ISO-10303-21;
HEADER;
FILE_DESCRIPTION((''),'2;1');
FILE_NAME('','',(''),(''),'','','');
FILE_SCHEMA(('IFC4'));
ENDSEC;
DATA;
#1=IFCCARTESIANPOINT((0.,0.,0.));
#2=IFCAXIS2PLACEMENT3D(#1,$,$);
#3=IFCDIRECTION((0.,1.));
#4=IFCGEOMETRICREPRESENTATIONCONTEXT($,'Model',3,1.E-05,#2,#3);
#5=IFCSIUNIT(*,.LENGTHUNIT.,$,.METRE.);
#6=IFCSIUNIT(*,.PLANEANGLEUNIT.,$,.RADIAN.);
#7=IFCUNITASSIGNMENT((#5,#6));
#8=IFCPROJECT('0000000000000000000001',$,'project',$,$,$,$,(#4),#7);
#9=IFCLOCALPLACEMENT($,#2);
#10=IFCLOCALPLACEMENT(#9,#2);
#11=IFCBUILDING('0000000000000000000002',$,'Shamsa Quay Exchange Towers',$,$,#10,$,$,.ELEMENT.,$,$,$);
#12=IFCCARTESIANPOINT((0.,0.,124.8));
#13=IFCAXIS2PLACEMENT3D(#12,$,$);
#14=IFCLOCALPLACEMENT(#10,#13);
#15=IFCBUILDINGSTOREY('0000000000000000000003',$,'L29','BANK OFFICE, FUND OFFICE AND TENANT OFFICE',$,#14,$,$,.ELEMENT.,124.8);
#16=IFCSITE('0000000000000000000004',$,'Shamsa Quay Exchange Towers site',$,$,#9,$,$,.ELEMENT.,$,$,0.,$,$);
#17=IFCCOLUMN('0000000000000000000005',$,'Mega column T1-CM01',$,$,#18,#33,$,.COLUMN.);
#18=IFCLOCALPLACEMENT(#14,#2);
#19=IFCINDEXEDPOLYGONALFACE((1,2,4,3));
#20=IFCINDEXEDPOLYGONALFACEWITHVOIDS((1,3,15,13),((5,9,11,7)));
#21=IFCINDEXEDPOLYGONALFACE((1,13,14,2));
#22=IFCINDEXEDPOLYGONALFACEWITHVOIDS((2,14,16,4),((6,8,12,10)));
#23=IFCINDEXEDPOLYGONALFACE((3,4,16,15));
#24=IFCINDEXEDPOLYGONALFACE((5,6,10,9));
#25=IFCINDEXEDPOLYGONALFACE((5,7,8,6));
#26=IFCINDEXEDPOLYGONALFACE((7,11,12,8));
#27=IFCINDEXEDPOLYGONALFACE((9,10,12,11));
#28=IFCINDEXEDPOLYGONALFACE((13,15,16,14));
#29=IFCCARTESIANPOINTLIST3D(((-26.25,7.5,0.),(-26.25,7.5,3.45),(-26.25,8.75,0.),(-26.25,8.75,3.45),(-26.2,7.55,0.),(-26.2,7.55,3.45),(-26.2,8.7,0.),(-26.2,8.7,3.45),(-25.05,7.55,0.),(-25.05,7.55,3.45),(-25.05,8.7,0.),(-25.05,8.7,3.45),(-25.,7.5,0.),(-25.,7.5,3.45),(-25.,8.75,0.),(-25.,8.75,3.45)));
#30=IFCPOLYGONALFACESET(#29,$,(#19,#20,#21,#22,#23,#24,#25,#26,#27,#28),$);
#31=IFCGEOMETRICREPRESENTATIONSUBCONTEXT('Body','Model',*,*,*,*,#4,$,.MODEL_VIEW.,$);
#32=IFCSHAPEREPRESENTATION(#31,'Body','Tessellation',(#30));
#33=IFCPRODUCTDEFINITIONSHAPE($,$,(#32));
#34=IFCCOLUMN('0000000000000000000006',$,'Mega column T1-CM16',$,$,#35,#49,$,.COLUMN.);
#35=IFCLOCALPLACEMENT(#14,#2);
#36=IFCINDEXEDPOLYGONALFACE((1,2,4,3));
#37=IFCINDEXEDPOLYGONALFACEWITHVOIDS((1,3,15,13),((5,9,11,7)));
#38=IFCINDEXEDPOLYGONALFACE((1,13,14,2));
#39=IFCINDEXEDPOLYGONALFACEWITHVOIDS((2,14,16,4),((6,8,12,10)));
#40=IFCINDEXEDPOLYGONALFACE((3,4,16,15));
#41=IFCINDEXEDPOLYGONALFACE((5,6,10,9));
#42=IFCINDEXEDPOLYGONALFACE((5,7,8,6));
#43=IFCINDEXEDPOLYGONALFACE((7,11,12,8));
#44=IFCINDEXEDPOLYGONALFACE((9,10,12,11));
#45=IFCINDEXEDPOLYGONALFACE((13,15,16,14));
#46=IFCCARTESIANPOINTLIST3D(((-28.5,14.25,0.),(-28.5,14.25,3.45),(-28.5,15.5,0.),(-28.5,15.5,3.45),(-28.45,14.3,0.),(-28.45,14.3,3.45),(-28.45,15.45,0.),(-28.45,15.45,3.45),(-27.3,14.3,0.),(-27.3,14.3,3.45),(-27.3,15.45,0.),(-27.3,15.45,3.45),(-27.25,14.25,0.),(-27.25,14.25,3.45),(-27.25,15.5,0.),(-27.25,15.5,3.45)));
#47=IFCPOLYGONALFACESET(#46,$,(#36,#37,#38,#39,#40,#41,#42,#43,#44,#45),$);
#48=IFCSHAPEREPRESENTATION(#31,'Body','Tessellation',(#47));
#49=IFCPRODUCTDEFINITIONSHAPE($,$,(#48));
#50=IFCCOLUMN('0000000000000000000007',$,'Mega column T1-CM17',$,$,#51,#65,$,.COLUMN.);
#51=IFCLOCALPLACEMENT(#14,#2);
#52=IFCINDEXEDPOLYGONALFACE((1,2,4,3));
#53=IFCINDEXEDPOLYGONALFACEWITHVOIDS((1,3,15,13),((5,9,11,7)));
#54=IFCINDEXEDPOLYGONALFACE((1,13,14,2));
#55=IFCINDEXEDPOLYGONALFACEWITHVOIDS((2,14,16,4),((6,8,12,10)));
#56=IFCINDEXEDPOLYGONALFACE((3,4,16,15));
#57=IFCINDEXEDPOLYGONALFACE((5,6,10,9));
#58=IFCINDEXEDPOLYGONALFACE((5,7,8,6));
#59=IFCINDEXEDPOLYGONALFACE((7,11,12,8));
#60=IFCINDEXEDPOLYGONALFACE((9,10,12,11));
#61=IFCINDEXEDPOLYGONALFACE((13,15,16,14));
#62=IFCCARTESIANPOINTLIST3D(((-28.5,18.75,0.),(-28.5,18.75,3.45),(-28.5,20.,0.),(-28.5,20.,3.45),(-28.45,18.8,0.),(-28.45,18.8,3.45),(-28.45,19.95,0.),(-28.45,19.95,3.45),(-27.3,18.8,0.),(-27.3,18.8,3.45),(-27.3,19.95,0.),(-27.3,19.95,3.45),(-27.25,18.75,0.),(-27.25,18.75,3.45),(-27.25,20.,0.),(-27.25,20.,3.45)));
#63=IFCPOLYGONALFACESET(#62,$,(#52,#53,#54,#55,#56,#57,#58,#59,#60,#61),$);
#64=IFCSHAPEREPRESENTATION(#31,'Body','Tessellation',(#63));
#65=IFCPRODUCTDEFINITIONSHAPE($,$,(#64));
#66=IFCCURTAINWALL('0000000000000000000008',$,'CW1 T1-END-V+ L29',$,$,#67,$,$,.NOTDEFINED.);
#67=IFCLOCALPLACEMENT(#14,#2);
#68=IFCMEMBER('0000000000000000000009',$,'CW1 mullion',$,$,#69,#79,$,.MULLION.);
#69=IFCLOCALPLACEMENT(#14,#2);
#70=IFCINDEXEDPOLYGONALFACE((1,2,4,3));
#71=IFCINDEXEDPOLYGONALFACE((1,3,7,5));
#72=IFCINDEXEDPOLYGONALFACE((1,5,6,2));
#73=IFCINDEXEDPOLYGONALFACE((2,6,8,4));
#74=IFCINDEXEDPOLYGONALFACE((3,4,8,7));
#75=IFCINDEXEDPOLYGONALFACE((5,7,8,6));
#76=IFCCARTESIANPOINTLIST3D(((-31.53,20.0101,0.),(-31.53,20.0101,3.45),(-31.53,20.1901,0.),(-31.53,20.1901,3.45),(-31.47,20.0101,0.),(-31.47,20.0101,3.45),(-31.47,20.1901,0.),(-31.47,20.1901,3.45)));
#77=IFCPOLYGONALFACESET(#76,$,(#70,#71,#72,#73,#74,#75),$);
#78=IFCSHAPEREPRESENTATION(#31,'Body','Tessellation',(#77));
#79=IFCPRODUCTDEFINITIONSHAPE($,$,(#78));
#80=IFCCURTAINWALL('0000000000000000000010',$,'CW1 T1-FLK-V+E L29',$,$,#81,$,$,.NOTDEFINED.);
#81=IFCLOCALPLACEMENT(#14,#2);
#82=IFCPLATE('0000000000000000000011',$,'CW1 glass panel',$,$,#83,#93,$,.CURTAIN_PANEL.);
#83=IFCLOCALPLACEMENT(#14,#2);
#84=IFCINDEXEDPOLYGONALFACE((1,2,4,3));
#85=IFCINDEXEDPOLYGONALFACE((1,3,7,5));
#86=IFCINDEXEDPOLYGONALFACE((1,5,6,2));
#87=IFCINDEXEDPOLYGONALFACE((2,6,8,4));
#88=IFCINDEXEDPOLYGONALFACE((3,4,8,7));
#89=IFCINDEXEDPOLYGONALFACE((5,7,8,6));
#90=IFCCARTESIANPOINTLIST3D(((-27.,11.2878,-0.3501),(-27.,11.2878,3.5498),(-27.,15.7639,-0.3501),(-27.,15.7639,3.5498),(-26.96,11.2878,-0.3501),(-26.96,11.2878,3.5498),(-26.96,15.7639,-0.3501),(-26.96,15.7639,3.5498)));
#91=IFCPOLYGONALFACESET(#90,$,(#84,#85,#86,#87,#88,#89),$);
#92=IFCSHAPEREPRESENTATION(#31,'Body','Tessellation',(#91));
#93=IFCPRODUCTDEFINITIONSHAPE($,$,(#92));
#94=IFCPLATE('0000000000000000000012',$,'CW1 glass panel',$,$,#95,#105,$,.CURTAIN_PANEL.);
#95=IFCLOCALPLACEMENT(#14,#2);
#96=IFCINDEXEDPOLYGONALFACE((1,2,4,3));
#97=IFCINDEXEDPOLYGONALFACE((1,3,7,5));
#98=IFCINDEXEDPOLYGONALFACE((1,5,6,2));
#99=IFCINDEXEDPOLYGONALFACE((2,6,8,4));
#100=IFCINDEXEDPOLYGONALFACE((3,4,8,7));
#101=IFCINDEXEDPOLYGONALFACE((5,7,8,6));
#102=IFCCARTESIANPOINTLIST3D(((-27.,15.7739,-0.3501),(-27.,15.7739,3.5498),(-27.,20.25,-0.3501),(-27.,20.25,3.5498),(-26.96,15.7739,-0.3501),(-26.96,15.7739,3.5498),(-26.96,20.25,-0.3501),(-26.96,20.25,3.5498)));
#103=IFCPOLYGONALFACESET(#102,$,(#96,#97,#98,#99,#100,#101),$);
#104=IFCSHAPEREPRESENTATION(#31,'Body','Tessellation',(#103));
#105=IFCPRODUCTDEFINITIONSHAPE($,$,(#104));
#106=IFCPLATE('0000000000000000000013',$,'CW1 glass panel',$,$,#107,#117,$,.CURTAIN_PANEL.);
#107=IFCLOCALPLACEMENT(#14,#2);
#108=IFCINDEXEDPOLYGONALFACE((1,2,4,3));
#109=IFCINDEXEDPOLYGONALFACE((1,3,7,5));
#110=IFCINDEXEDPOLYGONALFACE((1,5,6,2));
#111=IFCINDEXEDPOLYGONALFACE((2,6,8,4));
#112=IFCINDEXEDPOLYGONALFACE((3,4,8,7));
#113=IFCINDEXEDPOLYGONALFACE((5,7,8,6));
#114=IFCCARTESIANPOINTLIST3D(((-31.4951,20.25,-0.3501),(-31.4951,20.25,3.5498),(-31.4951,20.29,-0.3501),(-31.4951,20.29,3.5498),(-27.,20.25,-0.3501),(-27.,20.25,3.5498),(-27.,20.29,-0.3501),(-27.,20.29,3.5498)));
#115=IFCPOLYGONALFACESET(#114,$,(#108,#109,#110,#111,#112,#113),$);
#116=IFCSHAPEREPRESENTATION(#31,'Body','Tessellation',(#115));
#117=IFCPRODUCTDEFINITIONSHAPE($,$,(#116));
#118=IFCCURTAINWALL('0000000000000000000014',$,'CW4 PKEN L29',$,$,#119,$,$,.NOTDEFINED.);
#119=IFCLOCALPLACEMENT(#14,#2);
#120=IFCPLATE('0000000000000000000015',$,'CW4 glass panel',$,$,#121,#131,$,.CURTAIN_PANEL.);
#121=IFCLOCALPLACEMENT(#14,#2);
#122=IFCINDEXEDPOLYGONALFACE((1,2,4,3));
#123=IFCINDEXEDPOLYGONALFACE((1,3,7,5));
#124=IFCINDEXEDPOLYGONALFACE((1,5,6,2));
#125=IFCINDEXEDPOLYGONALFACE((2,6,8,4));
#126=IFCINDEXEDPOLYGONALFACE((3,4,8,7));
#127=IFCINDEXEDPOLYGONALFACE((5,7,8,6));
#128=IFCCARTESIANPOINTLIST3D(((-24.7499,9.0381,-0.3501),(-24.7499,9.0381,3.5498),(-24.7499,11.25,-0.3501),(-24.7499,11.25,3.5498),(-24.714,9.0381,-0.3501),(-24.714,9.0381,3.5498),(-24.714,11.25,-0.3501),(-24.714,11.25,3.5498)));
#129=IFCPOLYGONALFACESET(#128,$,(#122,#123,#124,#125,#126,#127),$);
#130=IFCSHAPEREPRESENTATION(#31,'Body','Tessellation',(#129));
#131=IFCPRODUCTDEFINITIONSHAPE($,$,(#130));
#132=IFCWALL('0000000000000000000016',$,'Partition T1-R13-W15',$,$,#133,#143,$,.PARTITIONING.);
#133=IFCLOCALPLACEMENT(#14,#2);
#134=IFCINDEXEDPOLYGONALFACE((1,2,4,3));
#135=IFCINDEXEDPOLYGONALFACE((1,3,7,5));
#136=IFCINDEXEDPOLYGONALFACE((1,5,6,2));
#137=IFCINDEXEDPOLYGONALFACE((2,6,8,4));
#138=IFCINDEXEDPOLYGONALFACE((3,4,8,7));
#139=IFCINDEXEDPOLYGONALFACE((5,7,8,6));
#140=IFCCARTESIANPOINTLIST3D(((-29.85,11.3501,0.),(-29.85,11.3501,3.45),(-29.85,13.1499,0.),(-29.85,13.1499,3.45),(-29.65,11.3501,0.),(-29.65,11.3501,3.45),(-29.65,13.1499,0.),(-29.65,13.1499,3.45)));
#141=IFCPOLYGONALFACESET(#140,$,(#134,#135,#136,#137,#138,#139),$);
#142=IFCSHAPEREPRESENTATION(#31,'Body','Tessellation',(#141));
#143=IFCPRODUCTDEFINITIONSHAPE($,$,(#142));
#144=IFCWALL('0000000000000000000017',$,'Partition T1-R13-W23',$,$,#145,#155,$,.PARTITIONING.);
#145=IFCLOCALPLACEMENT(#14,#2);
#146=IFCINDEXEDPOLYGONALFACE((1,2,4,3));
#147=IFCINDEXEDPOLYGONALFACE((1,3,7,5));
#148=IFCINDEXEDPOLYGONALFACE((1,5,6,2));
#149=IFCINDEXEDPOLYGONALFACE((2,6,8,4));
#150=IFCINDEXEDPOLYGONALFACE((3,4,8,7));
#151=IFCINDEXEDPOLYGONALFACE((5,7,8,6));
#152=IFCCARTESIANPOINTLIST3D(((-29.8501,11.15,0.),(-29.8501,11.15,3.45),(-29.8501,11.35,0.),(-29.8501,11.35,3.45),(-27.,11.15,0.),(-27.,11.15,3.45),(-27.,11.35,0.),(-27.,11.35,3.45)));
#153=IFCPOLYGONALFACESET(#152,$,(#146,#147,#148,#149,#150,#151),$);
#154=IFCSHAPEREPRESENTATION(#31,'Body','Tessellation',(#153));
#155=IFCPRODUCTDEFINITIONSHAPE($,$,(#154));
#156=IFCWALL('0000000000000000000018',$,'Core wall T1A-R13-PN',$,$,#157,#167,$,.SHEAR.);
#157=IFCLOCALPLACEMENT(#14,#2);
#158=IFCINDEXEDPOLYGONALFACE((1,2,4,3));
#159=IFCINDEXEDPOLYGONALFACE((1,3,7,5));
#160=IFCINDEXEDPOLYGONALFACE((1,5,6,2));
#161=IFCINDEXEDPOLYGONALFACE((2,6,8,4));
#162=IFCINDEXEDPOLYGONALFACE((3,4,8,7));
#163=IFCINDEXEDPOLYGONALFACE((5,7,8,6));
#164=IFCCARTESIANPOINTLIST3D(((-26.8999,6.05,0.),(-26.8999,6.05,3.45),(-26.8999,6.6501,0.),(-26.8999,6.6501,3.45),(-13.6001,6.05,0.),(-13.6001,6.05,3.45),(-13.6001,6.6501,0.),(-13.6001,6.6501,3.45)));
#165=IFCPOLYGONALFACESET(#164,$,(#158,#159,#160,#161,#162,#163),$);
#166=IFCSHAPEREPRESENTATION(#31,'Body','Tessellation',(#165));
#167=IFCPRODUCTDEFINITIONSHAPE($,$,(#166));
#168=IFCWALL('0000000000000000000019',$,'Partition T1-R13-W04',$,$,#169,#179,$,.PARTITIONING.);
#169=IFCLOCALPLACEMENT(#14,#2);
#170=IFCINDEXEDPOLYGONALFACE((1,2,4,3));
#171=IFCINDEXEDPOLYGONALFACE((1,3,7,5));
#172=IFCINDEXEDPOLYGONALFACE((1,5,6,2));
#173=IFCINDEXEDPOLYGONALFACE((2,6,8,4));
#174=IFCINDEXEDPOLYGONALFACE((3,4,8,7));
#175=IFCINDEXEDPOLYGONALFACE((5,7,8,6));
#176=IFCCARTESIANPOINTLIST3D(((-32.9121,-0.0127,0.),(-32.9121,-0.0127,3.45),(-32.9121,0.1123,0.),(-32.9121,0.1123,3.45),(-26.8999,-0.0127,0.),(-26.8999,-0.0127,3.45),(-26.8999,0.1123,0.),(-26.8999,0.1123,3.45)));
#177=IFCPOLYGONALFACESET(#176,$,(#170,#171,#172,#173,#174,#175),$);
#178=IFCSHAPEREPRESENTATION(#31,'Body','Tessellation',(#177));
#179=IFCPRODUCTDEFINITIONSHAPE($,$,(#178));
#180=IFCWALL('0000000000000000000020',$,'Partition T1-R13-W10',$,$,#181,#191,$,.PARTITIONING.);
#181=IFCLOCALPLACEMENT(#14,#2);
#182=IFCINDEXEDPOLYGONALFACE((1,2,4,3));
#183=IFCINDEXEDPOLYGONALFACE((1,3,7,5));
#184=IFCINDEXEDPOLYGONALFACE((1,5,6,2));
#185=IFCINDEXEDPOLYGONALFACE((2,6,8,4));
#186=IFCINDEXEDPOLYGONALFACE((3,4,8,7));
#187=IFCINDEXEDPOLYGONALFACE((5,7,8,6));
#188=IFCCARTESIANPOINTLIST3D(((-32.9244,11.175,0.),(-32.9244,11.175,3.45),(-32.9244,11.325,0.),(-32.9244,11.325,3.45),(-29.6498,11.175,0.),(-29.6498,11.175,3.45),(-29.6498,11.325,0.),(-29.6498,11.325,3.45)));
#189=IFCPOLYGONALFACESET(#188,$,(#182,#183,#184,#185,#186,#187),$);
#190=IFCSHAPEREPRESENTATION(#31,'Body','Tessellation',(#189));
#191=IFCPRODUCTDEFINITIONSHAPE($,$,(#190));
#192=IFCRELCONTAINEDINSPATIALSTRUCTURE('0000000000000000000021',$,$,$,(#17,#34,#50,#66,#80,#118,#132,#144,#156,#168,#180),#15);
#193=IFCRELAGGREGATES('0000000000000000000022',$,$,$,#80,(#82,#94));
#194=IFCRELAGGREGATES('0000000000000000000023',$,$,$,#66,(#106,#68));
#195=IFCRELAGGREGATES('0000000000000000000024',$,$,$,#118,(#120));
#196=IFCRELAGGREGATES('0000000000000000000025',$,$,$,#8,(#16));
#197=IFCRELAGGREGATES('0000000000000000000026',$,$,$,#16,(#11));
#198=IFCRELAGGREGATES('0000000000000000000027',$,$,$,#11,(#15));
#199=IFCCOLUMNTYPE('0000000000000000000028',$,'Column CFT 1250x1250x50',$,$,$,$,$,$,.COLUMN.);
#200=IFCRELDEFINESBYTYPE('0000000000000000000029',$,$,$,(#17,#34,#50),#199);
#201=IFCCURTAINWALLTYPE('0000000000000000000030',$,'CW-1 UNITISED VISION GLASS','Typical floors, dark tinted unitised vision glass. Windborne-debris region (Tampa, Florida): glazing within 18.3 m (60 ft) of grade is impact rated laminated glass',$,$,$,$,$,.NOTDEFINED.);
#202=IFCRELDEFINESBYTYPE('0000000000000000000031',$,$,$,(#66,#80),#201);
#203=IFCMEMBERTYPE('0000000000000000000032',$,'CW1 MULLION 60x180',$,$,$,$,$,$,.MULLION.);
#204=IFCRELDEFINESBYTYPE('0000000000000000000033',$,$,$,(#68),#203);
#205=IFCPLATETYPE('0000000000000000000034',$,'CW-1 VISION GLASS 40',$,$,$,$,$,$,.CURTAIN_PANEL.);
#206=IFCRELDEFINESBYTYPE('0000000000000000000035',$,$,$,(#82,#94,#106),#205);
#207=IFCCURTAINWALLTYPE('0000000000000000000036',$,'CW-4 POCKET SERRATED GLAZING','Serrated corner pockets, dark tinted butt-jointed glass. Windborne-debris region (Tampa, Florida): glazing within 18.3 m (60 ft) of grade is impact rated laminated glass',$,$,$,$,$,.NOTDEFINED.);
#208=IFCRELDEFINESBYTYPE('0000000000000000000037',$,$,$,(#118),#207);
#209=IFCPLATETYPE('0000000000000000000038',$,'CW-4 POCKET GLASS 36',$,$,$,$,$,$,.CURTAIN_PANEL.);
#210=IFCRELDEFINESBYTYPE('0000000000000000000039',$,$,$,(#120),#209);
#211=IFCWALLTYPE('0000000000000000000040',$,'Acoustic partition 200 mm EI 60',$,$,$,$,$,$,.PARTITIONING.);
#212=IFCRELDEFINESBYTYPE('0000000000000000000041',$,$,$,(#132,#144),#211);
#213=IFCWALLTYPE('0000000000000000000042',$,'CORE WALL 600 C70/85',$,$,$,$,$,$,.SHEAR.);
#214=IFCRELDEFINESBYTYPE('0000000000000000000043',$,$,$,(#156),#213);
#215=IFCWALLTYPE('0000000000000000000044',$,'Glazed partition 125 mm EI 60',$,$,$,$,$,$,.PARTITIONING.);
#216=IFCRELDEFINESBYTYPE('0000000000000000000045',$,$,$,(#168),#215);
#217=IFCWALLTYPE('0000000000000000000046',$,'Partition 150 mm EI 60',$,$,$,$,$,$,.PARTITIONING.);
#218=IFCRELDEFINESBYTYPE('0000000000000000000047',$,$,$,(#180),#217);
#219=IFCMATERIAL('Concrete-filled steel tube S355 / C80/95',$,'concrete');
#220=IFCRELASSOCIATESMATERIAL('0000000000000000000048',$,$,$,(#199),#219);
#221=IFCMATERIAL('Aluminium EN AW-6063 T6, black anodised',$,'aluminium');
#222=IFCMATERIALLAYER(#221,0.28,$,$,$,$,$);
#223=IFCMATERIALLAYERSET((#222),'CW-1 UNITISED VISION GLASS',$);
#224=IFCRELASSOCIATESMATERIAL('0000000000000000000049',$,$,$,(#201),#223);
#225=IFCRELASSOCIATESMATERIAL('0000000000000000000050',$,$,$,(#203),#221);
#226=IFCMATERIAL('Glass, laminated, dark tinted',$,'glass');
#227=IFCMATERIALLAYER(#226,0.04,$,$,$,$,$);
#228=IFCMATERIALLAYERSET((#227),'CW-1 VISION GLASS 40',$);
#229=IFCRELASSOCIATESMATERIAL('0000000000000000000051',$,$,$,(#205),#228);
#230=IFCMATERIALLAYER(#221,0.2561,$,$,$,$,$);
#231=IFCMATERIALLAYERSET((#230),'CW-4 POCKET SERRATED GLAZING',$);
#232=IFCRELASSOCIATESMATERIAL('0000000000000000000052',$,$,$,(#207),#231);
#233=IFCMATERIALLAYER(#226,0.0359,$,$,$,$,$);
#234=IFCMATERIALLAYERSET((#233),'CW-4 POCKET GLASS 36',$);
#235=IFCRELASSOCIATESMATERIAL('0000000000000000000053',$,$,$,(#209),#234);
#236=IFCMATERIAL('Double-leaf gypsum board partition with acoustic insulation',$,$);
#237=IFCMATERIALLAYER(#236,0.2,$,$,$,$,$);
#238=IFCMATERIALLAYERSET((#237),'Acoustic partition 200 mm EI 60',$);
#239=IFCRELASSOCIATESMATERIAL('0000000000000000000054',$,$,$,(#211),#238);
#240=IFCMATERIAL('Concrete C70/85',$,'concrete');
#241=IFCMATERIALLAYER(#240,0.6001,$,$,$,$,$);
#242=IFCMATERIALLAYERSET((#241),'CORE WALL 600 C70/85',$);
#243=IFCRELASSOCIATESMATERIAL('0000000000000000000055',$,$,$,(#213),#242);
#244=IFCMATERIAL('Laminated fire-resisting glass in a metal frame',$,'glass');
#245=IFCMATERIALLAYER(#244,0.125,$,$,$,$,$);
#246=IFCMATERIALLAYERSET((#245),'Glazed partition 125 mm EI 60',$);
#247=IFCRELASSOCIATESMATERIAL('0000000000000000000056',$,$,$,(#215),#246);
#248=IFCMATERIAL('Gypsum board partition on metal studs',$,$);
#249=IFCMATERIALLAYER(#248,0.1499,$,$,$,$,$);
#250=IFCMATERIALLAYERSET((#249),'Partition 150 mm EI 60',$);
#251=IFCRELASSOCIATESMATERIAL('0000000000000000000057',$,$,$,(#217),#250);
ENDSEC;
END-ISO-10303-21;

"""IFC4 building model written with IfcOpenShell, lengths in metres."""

from ifc_helpers import new_model, si_unit, direction, frame, frame_2d, origin, origin_2d, place, context, subcontext, project, spatial, rectangle, hollow_rectangle, extrude, material, layer, layer_set, material_profile, profile_set, type_object, element, aggregate, save


model = new_model("IFC4")

# Units and contexts
model_context = context("Model", 3, precision=1e-05, world=origin(), true_north=direction((0.0, 1.0)))
body_context = subcontext(model_context, "Body", "Model", "MODEL_VIEW")
ifc_project = project(units=[si_unit("LENGTHUNIT", "METRE"), si_unit("PLANEANGLEUNIT", "RADIAN")], contexts=[model_context])

# Site, building, storey
site_placement = place(None, origin())
site = spatial("IfcSite", under=ifc_project, at=site_placement, Name="Shamsa Quay Exchange Towers site", CompositionType="ELEMENT", RefElevation=0.0)
building_placement = place(site_placement, origin())
building = spatial("IfcBuilding", under=site, at=building_placement, Name="Shamsa Quay Exchange Towers", CompositionType="ELEMENT")
storey_placement = place(building_placement, frame((0.0, 0.0, 124.8)))
storey = spatial("IfcBuildingStorey", under=building, at=storey_placement, Name="L29", Description="BANK OFFICE, FUND OFFICE AND TENANT OFFICE", CompositionType="ELEMENT", Elevation=124.8)

# Columns
ifc_material_1 = material(Name="Concrete-filled steel tube S355 / C80/95", Category="concrete")
ifc_material_profile_1 = material_profile(ifc_material_1, hollow_rectangle(XDim=1.25, YDim=1.25, WallThickness=0.05, at=origin_2d()), Name="CFT 1250x1250x50")
ifc_profile_set_1 = profile_set([ifc_material_profile_1], Name="Concrete-filled steel tube S355 / C80/95")
column_type = type_object("IfcColumnType", Name="Column CFT 1250x1250x50", PredefinedType="COLUMN", material=ifc_profile_set_1)
for number, where, name in (
    (1, (-25.625, 8.125, 0.0), "Mega column T1-CM01"),
    (2, (-27.875, 14.875, 0.0), "Mega column T1-CM16"),
    (3, (-27.875, 19.375, 0.0), "Mega column T1-CM17"),
):
    element("IfcColumn", number, at=place(storey_placement, frame(where)), inside=storey, type_object=column_type, Name=name, PredefinedType="COLUMN", context=body_context, shape_type="SweptSolid", body=[
        extrude(hollow_rectangle(XDim=1.25, YDim=1.25, WallThickness=0.05, at=origin_2d()), origin(), (0.0, 0.0, 1.0), 3.45),
    ])

# Curtain wall, member
ifc_material_2 = material(Name="Aluminium EN AW-6063 T6, black anodised", Category="aluminium")
ifc_layer_1 = layer(ifc_material_2, 0.28)
ifc_layer_set_1 = layer_set([ifc_layer_1], Name="CW-1 UNITISED VISION GLASS")
curtain_wall_type_1 = type_object("IfcCurtainWallType", Name="CW-1 UNITISED VISION GLASS", Description="Typical floors, dark tinted unitised vision glass. Windborne-debris region (Tampa, Florida): glazing within 18.3 m (60 ft) of grade is impact rated laminated glass", PredefinedType="NOTDEFINED", material=ifc_layer_set_1)
curtain_wall_1_placement = place(storey_placement, origin())
curtain_wall_1 = element("IfcCurtainWall", 4, at=curtain_wall_1_placement, inside=storey, type_object=curtain_wall_type_1, Name="CW1 T1-END-V+ L29", PredefinedType="NOTDEFINED")
ifc_material_profile_2 = material_profile(ifc_material_2, rectangle(XDim=0.1799, YDim=0.0601, at=origin_2d()), Name="MU60x180")
ifc_profile_set_2 = profile_set([ifc_material_profile_2], Name="Aluminium EN AW-6063 T6, black anodised")
member_type = type_object("IfcMemberType", Name="CW1 MULLION 60x180", PredefinedType="MULLION", material=ifc_profile_set_2)
member_placement = place(storey_placement, frame((-31.5, 20.1001, 0.0), z_axis=(0.0, 0.0, 1.0), x_axis=(0.0, -1.0, 0.0)))
member = element("IfcMember", 5, at=member_placement, type_object=member_type, Name="CW1 mullion", PredefinedType="MULLION", context=body_context, shape_type="SweptSolid", body=[
    extrude(rectangle(XDim=0.1799, YDim=0.0601, at=origin_2d()), origin(), (0.0, 0.0, 1.0), 3.45),
])

# Curtain wall, plates
curtain_wall_2_placement = place(storey_placement, origin())
curtain_wall_2 = element("IfcCurtainWall", 6, at=curtain_wall_2_placement, inside=storey, type_object=curtain_wall_type_1, Name="CW1 T1-FLK-V+E L29", PredefinedType="NOTDEFINED")
ifc_material_3 = material(Name="Glass, laminated, dark tinted", Category="glass")
ifc_layer_2 = layer(ifc_material_3, 0.04)
ifc_layer_set_2 = layer_set([ifc_layer_2], Name="CW-1 VISION GLASS 40")
plate_type_1 = type_object("IfcPlateType", Name="CW-1 VISION GLASS 40", PredefinedType="CURTAIN_PANEL", material=ifc_layer_set_2)
plate_1_placement = place(storey_placement, frame((-26.98, 13.5259, -0.3501), z_axis=(0.0, 0.0, 1.0), x_axis=(0.0, 1.0, 0.0)))
plate_1 = element("IfcPlate", 7, at=plate_1_placement, type_object=plate_type_1, Name="CW1 glass panel", PredefinedType="CURTAIN_PANEL", context=body_context, shape_type="SweptSolid", body=[
    extrude(rectangle(XDim=4.4761, YDim=0.04, at=origin_2d()), origin(), (0.0, 0.0, 1.0), 3.8999),
])
plate_2_placement = place(storey_placement, frame((-26.98, 18.012, -0.3501), z_axis=(0.0, 0.0, 1.0), x_axis=(0.0, 1.0, 0.0)))
plate_2 = element("IfcPlate", 8, at=plate_2_placement, type_object=plate_type_1, Name="CW1 glass panel", PredefinedType="CURTAIN_PANEL", context=body_context, shape_type="SweptSolid", body=[
    extrude(rectangle(XDim=4.4761, YDim=0.04, at=origin_2d()), origin(), (0.0, 0.0, 1.0), 3.8999),
])
aggregate(curtain_wall_2, [plate_1, plate_2])

# Plate
plate_3_placement = place(storey_placement, frame((-29.2476, 20.27, -0.3501), z_axis=(0.0, 0.0, 1.0), x_axis=(-1.0, 0.0, 0.0)))
plate_3 = element("IfcPlate", 9, at=plate_3_placement, type_object=plate_type_1, Name="CW1 glass panel", PredefinedType="CURTAIN_PANEL", context=body_context, shape_type="SweptSolid", body=[
    extrude(rectangle(XDim=4.4951, YDim=0.04, at=origin_2d()), origin(), (0.0, 0.0, 1.0), 3.8999),
])
aggregate(curtain_wall_1, [plate_3, member])

# Curtain wall, plate
ifc_layer_3 = layer(ifc_material_2, 0.2561)
ifc_layer_set_3 = layer_set([ifc_layer_3], Name="CW-4 POCKET SERRATED GLAZING")
curtain_wall_type_2 = type_object("IfcCurtainWallType", Name="CW-4 POCKET SERRATED GLAZING", Description="Serrated corner pockets, dark tinted butt-jointed glass. Windborne-debris region (Tampa, Florida): glazing within 18.3 m (60 ft) of grade is impact rated laminated glass", PredefinedType="NOTDEFINED", material=ifc_layer_set_3)
curtain_wall_3_placement = place(storey_placement, origin())
curtain_wall_3 = element("IfcCurtainWall", 10, at=curtain_wall_3_placement, inside=storey, type_object=curtain_wall_type_2, Name="CW4 PKEN L29", PredefinedType="NOTDEFINED")
ifc_layer_4 = layer(ifc_material_3, 0.0359)
ifc_layer_set_4 = layer_set([ifc_layer_4], Name="CW-4 POCKET GLASS 36")
plate_type_2 = type_object("IfcPlateType", Name="CW-4 POCKET GLASS 36", PredefinedType="CURTAIN_PANEL", material=ifc_layer_set_4)
plate_4_placement = place(storey_placement, frame((-24.7319, 10.144, -0.3501), z_axis=(0.0, 0.0, 1.0), x_axis=(0.0, 1.0, 0.0)))
plate_4 = element("IfcPlate", 11, at=plate_4_placement, type_object=plate_type_2, Name="CW4 glass panel", PredefinedType="CURTAIN_PANEL", context=body_context, shape_type="SweptSolid", body=[
    extrude(rectangle(XDim=2.2119, YDim=0.0359, at=origin_2d()), origin(), (0.0, 0.0, 1.0), 3.8999),
])
aggregate(curtain_wall_3, [plate_4])

# Shared definitions
ifc_material_4 = material(Name="Double-leaf gypsum board partition with acoustic insulation")
ifc_layer_5 = layer(ifc_material_4, 0.2)
ifc_layer_set_5 = layer_set([ifc_layer_5], Name="Acoustic partition 200 mm EI 60")
wall_type_1 = type_object("IfcWallType", Name="Acoustic partition 200 mm EI 60", PredefinedType="PARTITIONING", material=ifc_layer_set_5)

# Walls
wall_1_placement = place(storey_placement, frame((-29.75, 11.3501, 0.0), z_axis=(0.0, 0.0, 1.0), x_axis=(0.0, 1.0, 0.0)))
element("IfcWall", 12, at=wall_1_placement, inside=storey, type_object=wall_type_1, Name="Partition T1-R13-W15", PredefinedType="PARTITIONING", context=body_context, shape_type="SweptSolid", body=[
    extrude(rectangle(XDim=1.7998, YDim=0.2, at=frame_2d((0.8999, 0.0))), origin(), (0.0, 0.0, 1.0), 3.45),
])
wall_2_placement = place(storey_placement, frame((-27.0, 11.25, 0.0), z_axis=(0.0, 0.0, 1.0), x_axis=(-1.0, 0.0, 0.0)))
element("IfcWall", 13, at=wall_2_placement, inside=storey, type_object=wall_type_1, Name="Partition T1-R13-W23", PredefinedType="PARTITIONING", context=body_context, shape_type="SweptSolid", body=[
    extrude(rectangle(XDim=2.8501, YDim=0.2, at=frame_2d((1.425, 0.0))), origin(), (0.0, 0.0, 1.0), 3.45),
])

# Wall
ifc_material_5 = material(Name="Concrete C70/85", Category="concrete")
ifc_layer_6 = layer(ifc_material_5, 0.6001)
ifc_layer_set_6 = layer_set([ifc_layer_6], Name="CORE WALL 600 C70/85")
wall_type_2 = type_object("IfcWallType", Name="CORE WALL 600 C70/85", PredefinedType="SHEAR", material=ifc_layer_set_6)
wall_3_placement = place(storey_placement, frame((-26.8999, 6.3501, 0.0)))
element("IfcWall", 14, at=wall_3_placement, inside=storey, type_object=wall_type_2, Name="Core wall T1A-R13-PN", PredefinedType="SHEAR", context=body_context, shape_type="SweptSolid", body=[
    extrude(rectangle(XDim=13.2998, YDim=0.6001, at=frame_2d((6.6499, 0.0))), origin(), (0.0, 0.0, 1.0), 3.45),
])

# Walls
ifc_material_6 = material(Name="Laminated fire-resisting glass in a metal frame", Category="glass")
ifc_layer_7 = layer(ifc_material_6, 0.125)
ifc_layer_set_7 = layer_set([ifc_layer_7], Name="Glazed partition 125 mm EI 60")
wall_type_3 = type_object("IfcWallType", Name="Glazed partition 125 mm EI 60", PredefinedType="PARTITIONING", material=ifc_layer_set_7)
wall_4_placement = place(storey_placement, frame((-26.8999, 0.0498, 0.0), z_axis=(0.0, 0.0, 1.0), x_axis=(-1.0, 0.0, 0.0)))
element("IfcWall", 15, at=wall_4_placement, inside=storey, type_object=wall_type_3, Name="Partition T1-R13-W04", PredefinedType="PARTITIONING", context=body_context, shape_type="SweptSolid", body=[
    extrude(rectangle(XDim=6.0122, YDim=0.125, at=frame_2d((3.0061, 0.0))), origin(), (0.0, 0.0, 1.0), 3.45),
])
ifc_material_7 = material(Name="Gypsum board partition on metal studs")
ifc_layer_8 = layer(ifc_material_7, 0.1499)
ifc_layer_set_8 = layer_set([ifc_layer_8], Name="Partition 150 mm EI 60")
wall_type_4 = type_object("IfcWallType", Name="Partition 150 mm EI 60", PredefinedType="PARTITIONING", material=ifc_layer_set_8)
wall_5_placement = place(storey_placement, frame((-29.6499, 11.25, 0.0), z_axis=(0.0, 0.0, 1.0), x_axis=(-1.0, 0.0, 0.0)))
element("IfcWall", 16, at=wall_5_placement, inside=storey, type_object=wall_type_4, Name="Partition T1-R13-W10", PredefinedType="PARTITIONING", context=body_context, shape_type="SweptSolid", body=[
    extrude(rectangle(XDim=3.2747, YDim=0.1499, at=frame_2d((1.6372, 0.0))), origin(), (0.0, 0.0, 1.0), 3.45),
])

save(model, "model.ifc")
